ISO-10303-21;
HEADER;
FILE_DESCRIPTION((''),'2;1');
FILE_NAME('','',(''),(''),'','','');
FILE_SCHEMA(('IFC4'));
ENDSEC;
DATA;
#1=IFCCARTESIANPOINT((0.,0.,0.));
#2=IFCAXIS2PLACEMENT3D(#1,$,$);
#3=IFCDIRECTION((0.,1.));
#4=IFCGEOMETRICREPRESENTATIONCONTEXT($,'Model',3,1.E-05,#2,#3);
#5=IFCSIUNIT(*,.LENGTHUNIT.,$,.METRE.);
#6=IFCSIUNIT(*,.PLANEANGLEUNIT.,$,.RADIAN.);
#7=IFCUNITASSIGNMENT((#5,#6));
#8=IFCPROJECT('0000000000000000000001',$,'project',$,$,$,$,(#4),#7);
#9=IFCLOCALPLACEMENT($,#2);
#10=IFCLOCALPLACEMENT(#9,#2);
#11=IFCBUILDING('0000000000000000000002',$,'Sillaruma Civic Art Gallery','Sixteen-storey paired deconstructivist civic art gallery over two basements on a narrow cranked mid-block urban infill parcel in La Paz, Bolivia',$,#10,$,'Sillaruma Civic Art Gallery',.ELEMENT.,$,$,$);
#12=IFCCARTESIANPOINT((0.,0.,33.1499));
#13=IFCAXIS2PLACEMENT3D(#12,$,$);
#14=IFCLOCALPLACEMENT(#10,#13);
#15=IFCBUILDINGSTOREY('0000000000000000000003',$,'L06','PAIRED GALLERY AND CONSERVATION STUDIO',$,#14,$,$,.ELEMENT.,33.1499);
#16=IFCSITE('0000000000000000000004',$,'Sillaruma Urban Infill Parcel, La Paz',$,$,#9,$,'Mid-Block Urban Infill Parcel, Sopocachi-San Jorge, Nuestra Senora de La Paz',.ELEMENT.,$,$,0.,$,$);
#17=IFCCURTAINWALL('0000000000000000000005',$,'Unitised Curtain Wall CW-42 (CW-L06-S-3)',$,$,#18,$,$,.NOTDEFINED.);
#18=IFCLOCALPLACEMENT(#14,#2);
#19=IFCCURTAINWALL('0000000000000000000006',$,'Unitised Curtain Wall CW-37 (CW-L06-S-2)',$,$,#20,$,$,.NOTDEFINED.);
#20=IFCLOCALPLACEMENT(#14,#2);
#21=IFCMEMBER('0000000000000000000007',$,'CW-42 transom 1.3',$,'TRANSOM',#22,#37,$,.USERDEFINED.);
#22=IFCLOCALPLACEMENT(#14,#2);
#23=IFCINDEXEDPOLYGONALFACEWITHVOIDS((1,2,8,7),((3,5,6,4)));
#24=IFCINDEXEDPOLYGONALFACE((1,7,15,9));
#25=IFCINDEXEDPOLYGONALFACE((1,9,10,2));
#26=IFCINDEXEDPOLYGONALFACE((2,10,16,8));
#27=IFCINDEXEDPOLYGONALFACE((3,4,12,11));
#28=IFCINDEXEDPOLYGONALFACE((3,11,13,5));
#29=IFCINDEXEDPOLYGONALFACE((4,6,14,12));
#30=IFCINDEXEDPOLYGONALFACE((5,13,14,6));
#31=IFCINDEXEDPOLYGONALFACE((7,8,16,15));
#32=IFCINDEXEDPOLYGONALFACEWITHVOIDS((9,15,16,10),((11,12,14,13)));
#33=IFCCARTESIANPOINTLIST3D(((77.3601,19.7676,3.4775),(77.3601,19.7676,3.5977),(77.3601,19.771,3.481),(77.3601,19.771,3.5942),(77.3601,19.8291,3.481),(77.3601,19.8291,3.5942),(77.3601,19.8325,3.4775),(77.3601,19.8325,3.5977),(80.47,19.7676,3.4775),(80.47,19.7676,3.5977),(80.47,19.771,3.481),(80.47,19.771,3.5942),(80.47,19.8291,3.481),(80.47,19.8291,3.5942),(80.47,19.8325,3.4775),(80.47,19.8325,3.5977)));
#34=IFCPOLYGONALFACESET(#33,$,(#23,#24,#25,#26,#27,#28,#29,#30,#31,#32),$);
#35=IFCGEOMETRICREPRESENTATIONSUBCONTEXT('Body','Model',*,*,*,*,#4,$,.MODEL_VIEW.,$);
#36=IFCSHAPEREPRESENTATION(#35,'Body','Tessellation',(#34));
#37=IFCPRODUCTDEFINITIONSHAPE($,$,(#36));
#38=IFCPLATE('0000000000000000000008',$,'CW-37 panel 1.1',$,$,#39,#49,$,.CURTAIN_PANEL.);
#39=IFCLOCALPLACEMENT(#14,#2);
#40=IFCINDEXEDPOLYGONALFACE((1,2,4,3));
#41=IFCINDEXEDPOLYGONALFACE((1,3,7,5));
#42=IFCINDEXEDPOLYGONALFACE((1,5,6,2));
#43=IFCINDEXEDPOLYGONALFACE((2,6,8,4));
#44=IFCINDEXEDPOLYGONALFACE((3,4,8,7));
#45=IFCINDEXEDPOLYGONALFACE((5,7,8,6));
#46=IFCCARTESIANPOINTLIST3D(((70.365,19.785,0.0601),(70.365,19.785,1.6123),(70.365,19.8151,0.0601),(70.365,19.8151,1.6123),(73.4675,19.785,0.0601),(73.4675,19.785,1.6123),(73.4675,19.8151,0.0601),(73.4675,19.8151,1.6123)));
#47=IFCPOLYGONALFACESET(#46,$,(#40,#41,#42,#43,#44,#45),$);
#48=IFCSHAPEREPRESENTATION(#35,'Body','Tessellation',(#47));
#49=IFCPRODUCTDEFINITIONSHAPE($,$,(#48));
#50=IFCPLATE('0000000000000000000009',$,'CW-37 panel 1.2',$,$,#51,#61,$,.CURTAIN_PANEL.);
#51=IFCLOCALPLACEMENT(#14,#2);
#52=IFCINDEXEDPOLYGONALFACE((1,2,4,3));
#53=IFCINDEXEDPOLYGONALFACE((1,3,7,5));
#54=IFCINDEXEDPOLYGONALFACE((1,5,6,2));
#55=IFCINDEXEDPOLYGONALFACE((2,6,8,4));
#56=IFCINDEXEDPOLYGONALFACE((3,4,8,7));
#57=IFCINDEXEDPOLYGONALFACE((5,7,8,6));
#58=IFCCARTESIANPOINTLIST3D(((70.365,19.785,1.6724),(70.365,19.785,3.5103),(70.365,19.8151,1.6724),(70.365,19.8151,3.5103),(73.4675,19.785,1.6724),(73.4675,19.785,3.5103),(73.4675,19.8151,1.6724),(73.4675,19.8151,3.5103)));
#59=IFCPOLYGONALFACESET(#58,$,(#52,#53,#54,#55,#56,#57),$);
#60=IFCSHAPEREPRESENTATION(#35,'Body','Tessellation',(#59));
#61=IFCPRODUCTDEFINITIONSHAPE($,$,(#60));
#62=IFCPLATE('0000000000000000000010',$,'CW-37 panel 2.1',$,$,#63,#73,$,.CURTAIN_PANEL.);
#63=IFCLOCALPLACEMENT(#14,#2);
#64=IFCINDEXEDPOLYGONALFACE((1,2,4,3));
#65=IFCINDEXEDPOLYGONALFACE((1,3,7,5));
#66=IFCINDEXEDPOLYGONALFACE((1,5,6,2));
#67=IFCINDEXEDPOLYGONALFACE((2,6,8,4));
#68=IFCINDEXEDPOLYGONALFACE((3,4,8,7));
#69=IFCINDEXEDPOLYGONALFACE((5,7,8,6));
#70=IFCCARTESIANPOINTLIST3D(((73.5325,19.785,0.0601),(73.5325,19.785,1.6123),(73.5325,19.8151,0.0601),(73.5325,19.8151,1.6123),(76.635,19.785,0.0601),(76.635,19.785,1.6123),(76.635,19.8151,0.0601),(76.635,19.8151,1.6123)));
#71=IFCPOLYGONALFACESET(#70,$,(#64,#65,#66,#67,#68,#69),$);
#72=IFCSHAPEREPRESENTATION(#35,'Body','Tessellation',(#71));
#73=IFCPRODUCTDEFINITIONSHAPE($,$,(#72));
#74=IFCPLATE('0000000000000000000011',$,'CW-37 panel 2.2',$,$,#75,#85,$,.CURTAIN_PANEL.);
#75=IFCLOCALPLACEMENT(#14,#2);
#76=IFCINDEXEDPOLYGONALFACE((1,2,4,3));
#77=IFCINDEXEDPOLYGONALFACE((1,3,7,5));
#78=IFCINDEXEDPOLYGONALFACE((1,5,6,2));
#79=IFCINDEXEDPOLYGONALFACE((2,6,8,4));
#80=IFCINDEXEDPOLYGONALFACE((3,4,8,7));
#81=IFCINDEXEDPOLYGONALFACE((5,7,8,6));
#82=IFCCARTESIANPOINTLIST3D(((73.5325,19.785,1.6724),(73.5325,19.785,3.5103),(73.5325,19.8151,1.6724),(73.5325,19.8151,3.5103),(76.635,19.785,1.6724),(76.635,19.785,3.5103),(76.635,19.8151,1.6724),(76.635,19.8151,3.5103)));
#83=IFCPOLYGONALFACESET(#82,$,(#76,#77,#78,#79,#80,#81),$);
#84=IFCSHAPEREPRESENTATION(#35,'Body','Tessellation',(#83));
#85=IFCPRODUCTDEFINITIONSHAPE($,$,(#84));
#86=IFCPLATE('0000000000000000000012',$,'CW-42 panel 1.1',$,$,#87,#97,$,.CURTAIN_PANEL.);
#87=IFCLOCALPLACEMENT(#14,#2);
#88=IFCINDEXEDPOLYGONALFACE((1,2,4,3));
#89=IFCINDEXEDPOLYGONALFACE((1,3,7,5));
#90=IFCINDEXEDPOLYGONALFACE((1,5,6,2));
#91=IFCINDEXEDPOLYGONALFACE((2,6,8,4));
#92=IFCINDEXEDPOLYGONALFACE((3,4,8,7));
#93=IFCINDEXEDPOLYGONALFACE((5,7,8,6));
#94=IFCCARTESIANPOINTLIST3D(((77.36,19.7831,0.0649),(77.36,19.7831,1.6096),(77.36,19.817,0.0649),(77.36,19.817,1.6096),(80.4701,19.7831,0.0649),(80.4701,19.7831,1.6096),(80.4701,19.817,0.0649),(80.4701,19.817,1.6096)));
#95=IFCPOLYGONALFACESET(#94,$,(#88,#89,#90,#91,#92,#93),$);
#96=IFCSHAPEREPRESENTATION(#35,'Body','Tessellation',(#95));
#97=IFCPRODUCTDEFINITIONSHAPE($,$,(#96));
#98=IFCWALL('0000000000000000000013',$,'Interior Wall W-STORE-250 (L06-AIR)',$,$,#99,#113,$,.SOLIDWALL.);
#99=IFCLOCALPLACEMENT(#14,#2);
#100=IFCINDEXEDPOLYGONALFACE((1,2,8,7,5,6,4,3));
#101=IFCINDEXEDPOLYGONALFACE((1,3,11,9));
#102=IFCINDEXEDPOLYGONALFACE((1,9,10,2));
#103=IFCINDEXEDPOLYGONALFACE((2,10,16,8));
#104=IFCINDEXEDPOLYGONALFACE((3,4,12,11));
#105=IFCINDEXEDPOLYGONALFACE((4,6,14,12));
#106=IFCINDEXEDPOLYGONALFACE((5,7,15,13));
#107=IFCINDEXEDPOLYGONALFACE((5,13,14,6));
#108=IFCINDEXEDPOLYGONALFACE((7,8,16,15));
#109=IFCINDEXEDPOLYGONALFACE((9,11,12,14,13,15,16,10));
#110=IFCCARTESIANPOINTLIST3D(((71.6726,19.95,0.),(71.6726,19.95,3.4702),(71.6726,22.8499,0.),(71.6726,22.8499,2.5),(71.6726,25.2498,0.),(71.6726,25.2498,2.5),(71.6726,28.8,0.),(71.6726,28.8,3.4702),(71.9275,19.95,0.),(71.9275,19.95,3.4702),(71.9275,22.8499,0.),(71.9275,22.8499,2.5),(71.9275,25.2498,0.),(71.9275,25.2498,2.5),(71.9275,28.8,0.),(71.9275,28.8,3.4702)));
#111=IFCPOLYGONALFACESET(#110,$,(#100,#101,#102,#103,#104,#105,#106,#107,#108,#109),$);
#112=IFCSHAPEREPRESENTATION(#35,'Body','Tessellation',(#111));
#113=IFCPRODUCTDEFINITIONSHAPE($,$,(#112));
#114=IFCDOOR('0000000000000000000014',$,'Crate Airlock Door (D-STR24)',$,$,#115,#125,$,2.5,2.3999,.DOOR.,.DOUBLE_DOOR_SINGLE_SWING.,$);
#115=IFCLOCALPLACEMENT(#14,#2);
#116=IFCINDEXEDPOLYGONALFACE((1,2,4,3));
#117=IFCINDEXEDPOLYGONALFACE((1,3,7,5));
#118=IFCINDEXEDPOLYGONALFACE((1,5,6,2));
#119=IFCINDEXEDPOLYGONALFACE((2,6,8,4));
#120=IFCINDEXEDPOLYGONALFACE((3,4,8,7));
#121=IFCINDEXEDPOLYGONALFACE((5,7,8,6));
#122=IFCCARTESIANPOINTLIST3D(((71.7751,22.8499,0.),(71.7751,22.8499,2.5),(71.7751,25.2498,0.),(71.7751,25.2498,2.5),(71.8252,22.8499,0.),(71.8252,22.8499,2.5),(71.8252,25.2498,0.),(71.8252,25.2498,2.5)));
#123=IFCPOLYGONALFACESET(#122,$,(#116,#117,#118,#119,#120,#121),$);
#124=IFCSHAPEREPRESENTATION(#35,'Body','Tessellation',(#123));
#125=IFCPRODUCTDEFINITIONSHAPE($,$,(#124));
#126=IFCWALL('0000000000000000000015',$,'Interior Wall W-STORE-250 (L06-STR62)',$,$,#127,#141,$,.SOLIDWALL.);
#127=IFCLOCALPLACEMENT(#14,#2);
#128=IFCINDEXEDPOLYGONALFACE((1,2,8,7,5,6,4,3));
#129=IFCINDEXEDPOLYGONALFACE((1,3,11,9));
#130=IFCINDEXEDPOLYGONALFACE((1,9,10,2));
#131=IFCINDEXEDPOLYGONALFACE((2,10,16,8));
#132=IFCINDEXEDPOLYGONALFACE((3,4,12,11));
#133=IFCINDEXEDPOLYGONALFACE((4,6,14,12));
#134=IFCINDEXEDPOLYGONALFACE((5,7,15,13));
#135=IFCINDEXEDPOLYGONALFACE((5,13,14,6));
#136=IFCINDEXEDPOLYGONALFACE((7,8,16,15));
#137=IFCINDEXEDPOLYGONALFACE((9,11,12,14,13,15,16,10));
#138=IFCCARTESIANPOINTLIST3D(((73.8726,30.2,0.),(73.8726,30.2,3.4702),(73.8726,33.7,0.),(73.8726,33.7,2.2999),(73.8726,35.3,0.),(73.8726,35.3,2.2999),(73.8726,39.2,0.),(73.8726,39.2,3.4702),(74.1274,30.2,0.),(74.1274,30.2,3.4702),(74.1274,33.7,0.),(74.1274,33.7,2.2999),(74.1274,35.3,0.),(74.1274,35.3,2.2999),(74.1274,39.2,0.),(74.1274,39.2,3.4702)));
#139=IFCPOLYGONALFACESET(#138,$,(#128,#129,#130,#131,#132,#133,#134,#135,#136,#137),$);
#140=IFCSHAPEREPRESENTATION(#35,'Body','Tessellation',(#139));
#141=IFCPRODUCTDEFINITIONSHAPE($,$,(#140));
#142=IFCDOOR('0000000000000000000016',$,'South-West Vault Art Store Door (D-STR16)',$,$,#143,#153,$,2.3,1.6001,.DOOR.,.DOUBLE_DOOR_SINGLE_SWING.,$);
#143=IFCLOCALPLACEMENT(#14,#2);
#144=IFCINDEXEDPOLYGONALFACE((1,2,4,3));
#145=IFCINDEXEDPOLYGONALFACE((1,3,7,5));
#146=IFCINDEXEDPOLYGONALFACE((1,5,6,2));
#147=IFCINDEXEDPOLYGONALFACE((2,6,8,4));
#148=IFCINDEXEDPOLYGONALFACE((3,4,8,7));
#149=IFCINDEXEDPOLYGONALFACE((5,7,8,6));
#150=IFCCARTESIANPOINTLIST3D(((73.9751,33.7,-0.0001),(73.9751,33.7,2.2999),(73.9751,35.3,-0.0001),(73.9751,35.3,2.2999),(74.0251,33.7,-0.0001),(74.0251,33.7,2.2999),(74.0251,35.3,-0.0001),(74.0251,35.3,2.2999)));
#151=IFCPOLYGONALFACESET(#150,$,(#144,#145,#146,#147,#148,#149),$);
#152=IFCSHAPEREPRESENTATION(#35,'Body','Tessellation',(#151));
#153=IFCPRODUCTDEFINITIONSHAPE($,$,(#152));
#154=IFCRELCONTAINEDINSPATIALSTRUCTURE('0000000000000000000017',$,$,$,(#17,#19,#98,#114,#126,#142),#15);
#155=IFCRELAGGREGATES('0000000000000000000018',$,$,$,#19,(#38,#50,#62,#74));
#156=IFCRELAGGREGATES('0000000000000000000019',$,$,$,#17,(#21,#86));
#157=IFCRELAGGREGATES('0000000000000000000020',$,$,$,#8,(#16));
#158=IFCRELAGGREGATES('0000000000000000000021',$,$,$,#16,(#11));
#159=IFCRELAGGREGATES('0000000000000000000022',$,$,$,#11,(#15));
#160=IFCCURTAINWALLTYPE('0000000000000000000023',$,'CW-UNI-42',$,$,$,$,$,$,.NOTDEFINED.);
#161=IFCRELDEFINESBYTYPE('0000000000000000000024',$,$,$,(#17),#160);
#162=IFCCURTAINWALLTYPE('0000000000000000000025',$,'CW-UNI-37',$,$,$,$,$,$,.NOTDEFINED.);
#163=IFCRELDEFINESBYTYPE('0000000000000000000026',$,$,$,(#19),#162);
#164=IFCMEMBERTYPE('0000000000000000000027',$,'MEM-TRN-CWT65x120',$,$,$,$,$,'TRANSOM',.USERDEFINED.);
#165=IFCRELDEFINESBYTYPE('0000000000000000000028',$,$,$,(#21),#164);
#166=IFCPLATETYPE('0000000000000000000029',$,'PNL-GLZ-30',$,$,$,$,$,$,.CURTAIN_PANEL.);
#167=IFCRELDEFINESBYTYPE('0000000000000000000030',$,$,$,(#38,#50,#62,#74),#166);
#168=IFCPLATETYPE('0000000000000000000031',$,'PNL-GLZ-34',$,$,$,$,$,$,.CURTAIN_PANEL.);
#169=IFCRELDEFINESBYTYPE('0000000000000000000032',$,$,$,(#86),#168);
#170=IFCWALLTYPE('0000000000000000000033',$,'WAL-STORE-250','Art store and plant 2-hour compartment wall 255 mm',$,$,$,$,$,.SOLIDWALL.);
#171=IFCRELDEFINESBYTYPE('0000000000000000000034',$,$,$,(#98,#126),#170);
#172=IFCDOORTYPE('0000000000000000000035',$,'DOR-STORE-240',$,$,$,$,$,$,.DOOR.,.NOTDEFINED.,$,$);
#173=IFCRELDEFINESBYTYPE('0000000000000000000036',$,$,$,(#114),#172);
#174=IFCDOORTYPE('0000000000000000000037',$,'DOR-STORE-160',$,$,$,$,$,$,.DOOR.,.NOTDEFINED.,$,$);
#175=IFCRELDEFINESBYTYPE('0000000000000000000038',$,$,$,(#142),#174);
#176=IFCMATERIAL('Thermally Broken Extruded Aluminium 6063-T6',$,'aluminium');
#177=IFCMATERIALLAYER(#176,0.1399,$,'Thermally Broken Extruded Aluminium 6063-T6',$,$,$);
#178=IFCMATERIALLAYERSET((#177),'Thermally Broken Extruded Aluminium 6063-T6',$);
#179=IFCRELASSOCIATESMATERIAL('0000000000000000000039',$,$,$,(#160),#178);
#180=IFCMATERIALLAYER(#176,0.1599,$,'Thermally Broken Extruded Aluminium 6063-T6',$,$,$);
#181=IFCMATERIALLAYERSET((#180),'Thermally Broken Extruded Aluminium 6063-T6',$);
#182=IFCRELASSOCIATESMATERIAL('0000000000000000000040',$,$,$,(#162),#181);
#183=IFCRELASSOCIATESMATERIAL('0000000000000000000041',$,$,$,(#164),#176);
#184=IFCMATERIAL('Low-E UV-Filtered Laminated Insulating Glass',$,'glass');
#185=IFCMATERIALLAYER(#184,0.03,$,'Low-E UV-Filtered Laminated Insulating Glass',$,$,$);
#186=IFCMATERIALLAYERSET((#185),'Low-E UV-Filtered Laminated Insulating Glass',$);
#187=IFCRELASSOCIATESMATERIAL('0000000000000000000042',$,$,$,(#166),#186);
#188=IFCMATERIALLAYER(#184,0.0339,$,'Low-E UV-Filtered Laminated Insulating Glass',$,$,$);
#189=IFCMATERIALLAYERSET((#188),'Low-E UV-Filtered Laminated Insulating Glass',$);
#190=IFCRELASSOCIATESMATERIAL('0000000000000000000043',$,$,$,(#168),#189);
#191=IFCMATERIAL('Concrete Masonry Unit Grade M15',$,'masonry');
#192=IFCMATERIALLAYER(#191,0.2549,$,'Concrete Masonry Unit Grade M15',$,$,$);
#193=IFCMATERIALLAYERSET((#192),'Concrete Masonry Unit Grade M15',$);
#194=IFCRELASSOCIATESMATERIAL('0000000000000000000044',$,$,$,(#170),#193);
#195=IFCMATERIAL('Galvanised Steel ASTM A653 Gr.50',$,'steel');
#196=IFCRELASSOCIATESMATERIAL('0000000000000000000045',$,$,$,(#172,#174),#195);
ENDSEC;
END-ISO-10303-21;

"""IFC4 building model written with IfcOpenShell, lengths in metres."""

from ifc_helpers import new_model, si_unit, direction, frame, frame_2d, origin, origin_2d, place, context, subcontext, project, spatial, rectangle, hollow_rectangle, extrude, material, layer, layer_set, material_profile, profile_set, type_object, element, fill, aggregate, save


model = new_model("IFC4")

# Units and contexts
model_context = context("Model", 3, precision=1e-05, world=origin(), true_north=direction((0.0, 1.0)))
body_context = subcontext(model_context, "Body", "Model", "MODEL_VIEW")
ifc_project = project(units=[si_unit("LENGTHUNIT", "METRE"), si_unit("PLANEANGLEUNIT", "RADIAN")], contexts=[model_context])

# Site, building, storey
site_placement = place(None, origin())
site = spatial("IfcSite", under=ifc_project, at=site_placement, Name="Sillaruma Urban Infill Parcel, La Paz", LongName="Mid-Block Urban Infill Parcel, Sopocachi-San Jorge, Nuestra Senora de La Paz", CompositionType="ELEMENT", RefElevation=0.0)
building_placement = place(site_placement, origin())
building = spatial("IfcBuilding", under=site, at=building_placement, Name="Sillaruma Civic Art Gallery", Description="Sixteen-storey paired deconstructivist civic art gallery over two basements on a narrow cranked mid-block urban infill parcel in La Paz, Bolivia", LongName="Sillaruma Civic Art Gallery", CompositionType="ELEMENT")
storey_placement = place(building_placement, frame((0.0, 0.0, 33.1499)))
storey = spatial("IfcBuildingStorey", under=building, at=storey_placement, Name="L06", Description="PAIRED GALLERY AND CONSERVATION STUDIO", CompositionType="ELEMENT", Elevation=33.1499)

# Curtain wall
ifc_material_1 = material(Name="Thermally Broken Extruded Aluminium 6063-T6", Category="aluminium")
ifc_layer_1 = layer(ifc_material_1, 0.1399, Name="Thermally Broken Extruded Aluminium 6063-T6")
ifc_layer_set_1 = layer_set([ifc_layer_1], Name="Thermally Broken Extruded Aluminium 6063-T6")
curtain_wall_type_1 = type_object("IfcCurtainWallType", Name="CW-UNI-42", PredefinedType="NOTDEFINED", material=ifc_layer_set_1)
curtain_wall_1_placement = place(storey_placement, origin())
curtain_wall_1 = element("IfcCurtainWall", 1, at=curtain_wall_1_placement, inside=storey, type_object=curtain_wall_type_1, Name="Unitised Curtain Wall CW-42 (CW-L06-S-3)", PredefinedType="NOTDEFINED")

# Curtain wall
ifc_layer_2 = layer(ifc_material_1, 0.1599, Name="Thermally Broken Extruded Aluminium 6063-T6")
ifc_layer_set_2 = layer_set([ifc_layer_2], Name="Thermally Broken Extruded Aluminium 6063-T6")
curtain_wall_type_2 = type_object("IfcCurtainWallType", Name="CW-UNI-37", PredefinedType="NOTDEFINED", material=ifc_layer_set_2)
curtain_wall_2_placement = place(storey_placement, origin())
curtain_wall_2 = element("IfcCurtainWall", 2, at=curtain_wall_2_placement, inside=storey, type_object=curtain_wall_type_2, Name="Unitised Curtain Wall CW-37 (CW-L06-S-2)", PredefinedType="NOTDEFINED")

# Member
ifc_material_profile_1 = material_profile(ifc_material_1, hollow_rectangle(XDim=0.0649, YDim=0.1201, WallThickness=0.0034, at=origin_2d()), Name="CWT65x120")
ifc_profile_set_1 = profile_set([ifc_material_profile_1], Name="Thermally Broken Extruded Aluminium 6063-T6")
member_type_1 = type_object("IfcMemberType", Name="MEM-TRN-CWT65x120", ElementType="TRANSOM", PredefinedType="USERDEFINED", material=ifc_profile_set_1)
member_1_placement = place(storey_placement, frame((77.3601, 19.8, 3.5376), z_axis=(1.0, 0.0, 0.0), x_axis=(0.0, 1.0, 0.0)))
member_1 = element("IfcMember", 3, at=member_1_placement, type_object=member_type_1, Name="CW-42 transom 1.3", ObjectType="TRANSOM", PredefinedType="USERDEFINED", context=body_context, shape_type="SweptSolid", body=[
    extrude(hollow_rectangle(XDim=0.0649, YDim=0.1201, WallThickness=0.0034, at=origin_2d()), origin(), (0.0, 0.0, 1.0), 3.1099),
])

# Plates
ifc_material_2 = material(Name="Low-E UV-Filtered Laminated Insulating Glass", Category="glass")
ifc_layer_3 = layer(ifc_material_2, 0.03, Name="Low-E UV-Filtered Laminated Insulating Glass")
ifc_layer_set_3 = layer_set([ifc_layer_3], Name="Low-E UV-Filtered Laminated Insulating Glass")
plate_type_1 = type_object("IfcPlateType", Name="PNL-GLZ-30", PredefinedType="CURTAIN_PANEL", material=ifc_layer_set_3)
plate_1_placement = place(storey_placement, frame((71.9163, 19.8, 0.0601), z_axis=(0.0, 0.0, 1.0), x_axis=(1.0, 0.0, 0.0)))
plate_1 = element("IfcPlate", 4, at=plate_1_placement, type_object=plate_type_1, Name="CW-37 panel 1.1", PredefinedType="CURTAIN_PANEL", context=body_context, shape_type="SweptSolid", body=[
    extrude(rectangle(XDim=3.1025, YDim=0.03, at=origin_2d()), origin(), (0.0, 0.0, 1.0), 1.5522),
])
plate_2_placement = place(storey_placement, frame((71.9163, 19.8, 1.6724), z_axis=(0.0, 0.0, 1.0), x_axis=(1.0, 0.0, 0.0)))
plate_2 = element("IfcPlate", 5, at=plate_2_placement, type_object=plate_type_1, Name="CW-37 panel 1.2", PredefinedType="CURTAIN_PANEL", context=body_context, shape_type="SweptSolid", body=[
    extrude(rectangle(XDim=3.1025, YDim=0.03, at=origin_2d()), origin(), (0.0, 0.0, 1.0), 1.8379),
])
plate_3_placement = place(storey_placement, frame((75.0837, 19.8, 0.0601), z_axis=(0.0, 0.0, 1.0), x_axis=(1.0, 0.0, 0.0)))
plate_3 = element("IfcPlate", 6, at=plate_3_placement, type_object=plate_type_1, Name="CW-37 panel 2.1", PredefinedType="CURTAIN_PANEL", context=body_context, shape_type="SweptSolid", body=[
    extrude(rectangle(XDim=3.1025, YDim=0.03, at=origin_2d()), origin(), (0.0, 0.0, 1.0), 1.5522),
])
plate_4_placement = place(storey_placement, frame((75.0837, 19.8, 1.6724), z_axis=(0.0, 0.0, 1.0), x_axis=(1.0, 0.0, 0.0)))
plate_4 = element("IfcPlate", 7, at=plate_4_placement, type_object=plate_type_1, Name="CW-37 panel 2.2", PredefinedType="CURTAIN_PANEL", context=body_context, shape_type="SweptSolid", body=[
    extrude(rectangle(XDim=3.1025, YDim=0.03, at=origin_2d()), origin(), (0.0, 0.0, 1.0), 1.8379),
])
aggregate(curtain_wall_2, [plate_1, plate_2, plate_3, plate_4])
ifc_layer_4 = layer(ifc_material_2, 0.0339, Name="Low-E UV-Filtered Laminated Insulating Glass")
ifc_layer_set_4 = layer_set([ifc_layer_4], Name="Low-E UV-Filtered Laminated Insulating Glass")
plate_type_2 = type_object("IfcPlateType", Name="PNL-GLZ-34", PredefinedType="CURTAIN_PANEL", material=ifc_layer_set_4)
plate_5_placement = place(storey_placement, frame((78.915, 19.8, 0.0649), z_axis=(0.0, 0.0, 1.0), x_axis=(1.0, 0.0, 0.0)))
plate_5 = element("IfcPlate", 8, at=plate_5_placement, type_object=plate_type_2, Name="CW-42 panel 1.1", PredefinedType="CURTAIN_PANEL", context=body_context, shape_type="SweptSolid", body=[
    extrude(rectangle(XDim=3.1101, YDim=0.0339, at=origin_2d()), origin(), (0.0, 0.0, 1.0), 1.5447),
])
aggregate(curtain_wall_1, [member_1, plate_5])

# Walls, openings, doors
ifc_material_3 = material(Name="Galvanised Steel ASTM A653 Gr.50", Category="steel")
ifc_material_4 = material(Name="Concrete Masonry Unit Grade M15", Category="masonry")
ifc_layer_5 = layer(ifc_material_4, 0.2549, Name="Concrete Masonry Unit Grade M15")
ifc_layer_set_5 = layer_set([ifc_layer_5], Name="Concrete Masonry Unit Grade M15")
wall_type_1 = type_object("IfcWallType", Name="WAL-STORE-250", Description="Art store and plant 2-hour compartment wall 255 mm", PredefinedType="SOLIDWALL", material=ifc_layer_set_5)
wall_1_placement = place(storey_placement, frame((71.8, 19.95, 0.0), z_axis=(0.0, 0.0, 1.0), x_axis=(0.0, 1.0, 0.0)))
wall_1 = element("IfcWall", 9, at=wall_1_placement, inside=storey, type_object=wall_type_1, Name="Interior Wall W-STORE-250 (L06-AIR)", PredefinedType="SOLIDWALL", context=body_context, shape_type="SweptSolid", body=[
    extrude(rectangle(XDim=8.8501, YDim=0.2549, at=frame_2d((4.425, 0.0))), origin(), (0.0, 0.0, 1.0), 3.4702),
])
opening_1_placement = place(wall_1_placement, frame((2.8999, 0.0, 0.0)))
opening_1 = element("IfcOpeningElement", 10, at=opening_1_placement, cuts=wall_1, PredefinedType="OPENING", context=body_context, shape_type="SweptSolid", body=[
    extrude(rectangle(XDim=2.3999, YDim=2.5, at=frame_2d((1.2, 1.25))), frame((0.0, 0.1375, 0.0), z_axis=(0.0, -1.0, 0.0), x_axis=(1.0, 0.0, 0.0)), (0.0, 0.0, 1.0), 0.2749),
])
door_type_1 = type_object("IfcDoorType", Name="DOR-STORE-240", OperationType="NOTDEFINED", PredefinedType="DOOR", material=ifc_material_3)
door_1_placement = place(opening_1_placement, origin())
door_1 = element("IfcDoor", 11, at=door_1_placement, inside=storey, type_object=door_type_1, Name="Crate Airlock Door (D-STR24)", OperationType="DOUBLE_DOOR_SINGLE_SWING", OverallHeight=2.5, OverallWidth=2.3999, PredefinedType="DOOR", context=body_context, shape_type="SweptSolid", body=[
    extrude(rectangle(XDim=2.3999, YDim=2.5, at=frame_2d((1.2, 1.25))), frame((0.0, 0.0249, 0.0), z_axis=(0.0, -1.0, 0.0), x_axis=(1.0, 0.0, 0.0)), (0.0, 0.0, 1.0), 0.05),
])
fill(opening_1, door_1)
wall_2_placement = place(storey_placement, frame((74.0, 30.2, 0.0), z_axis=(0.0, 0.0, 1.0), x_axis=(0.0, 1.0, 0.0)))
wall_2 = element("IfcWall", 12, at=wall_2_placement, inside=storey, type_object=wall_type_1, Name="Interior Wall W-STORE-250 (L06-STR62)", PredefinedType="SOLIDWALL", context=body_context, shape_type="SweptSolid", body=[
    extrude(rectangle(XDim=9.0, YDim=0.2549, at=frame_2d((4.5, 0.0))), origin(), (0.0, 0.0, 1.0), 3.4702),
])
opening_2_placement = place(wall_2_placement, frame((3.5, 0.0, 0.0)))
opening_2 = element("IfcOpeningElement", 13, at=opening_2_placement, cuts=wall_2, PredefinedType="OPENING", context=body_context, shape_type="SweptSolid", body=[
    extrude(rectangle(XDim=1.6001, YDim=2.3, at=frame_2d((0.8, 1.1499))), frame((0.0, 0.1375, 0.0), z_axis=(0.0, -1.0, 0.0), x_axis=(1.0, 0.0, 0.0)), (0.0, 0.0, 1.0), 0.2749),
])
door_type_2 = type_object("IfcDoorType", Name="DOR-STORE-160", OperationType="NOTDEFINED", PredefinedType="DOOR", material=ifc_material_3)
door_2_placement = place(opening_2_placement, origin())
door_2 = element("IfcDoor", 14, at=door_2_placement, inside=storey, type_object=door_type_2, Name="South-West Vault Art Store Door (D-STR16)", OperationType="DOUBLE_DOOR_SINGLE_SWING", OverallHeight=2.3, OverallWidth=1.6001, PredefinedType="DOOR", context=body_context, shape_type="SweptSolid", body=[
    extrude(rectangle(XDim=1.6001, YDim=2.3, at=frame_2d((0.8, 1.1499))), frame((0.0, 0.0249, 0.0), z_axis=(0.0, -1.0, 0.0), x_axis=(1.0, 0.0, 0.0)), (0.0, 0.0, 1.0), 0.05),
])
fill(opening_2, door_2)

save(model, "model.ifc")
